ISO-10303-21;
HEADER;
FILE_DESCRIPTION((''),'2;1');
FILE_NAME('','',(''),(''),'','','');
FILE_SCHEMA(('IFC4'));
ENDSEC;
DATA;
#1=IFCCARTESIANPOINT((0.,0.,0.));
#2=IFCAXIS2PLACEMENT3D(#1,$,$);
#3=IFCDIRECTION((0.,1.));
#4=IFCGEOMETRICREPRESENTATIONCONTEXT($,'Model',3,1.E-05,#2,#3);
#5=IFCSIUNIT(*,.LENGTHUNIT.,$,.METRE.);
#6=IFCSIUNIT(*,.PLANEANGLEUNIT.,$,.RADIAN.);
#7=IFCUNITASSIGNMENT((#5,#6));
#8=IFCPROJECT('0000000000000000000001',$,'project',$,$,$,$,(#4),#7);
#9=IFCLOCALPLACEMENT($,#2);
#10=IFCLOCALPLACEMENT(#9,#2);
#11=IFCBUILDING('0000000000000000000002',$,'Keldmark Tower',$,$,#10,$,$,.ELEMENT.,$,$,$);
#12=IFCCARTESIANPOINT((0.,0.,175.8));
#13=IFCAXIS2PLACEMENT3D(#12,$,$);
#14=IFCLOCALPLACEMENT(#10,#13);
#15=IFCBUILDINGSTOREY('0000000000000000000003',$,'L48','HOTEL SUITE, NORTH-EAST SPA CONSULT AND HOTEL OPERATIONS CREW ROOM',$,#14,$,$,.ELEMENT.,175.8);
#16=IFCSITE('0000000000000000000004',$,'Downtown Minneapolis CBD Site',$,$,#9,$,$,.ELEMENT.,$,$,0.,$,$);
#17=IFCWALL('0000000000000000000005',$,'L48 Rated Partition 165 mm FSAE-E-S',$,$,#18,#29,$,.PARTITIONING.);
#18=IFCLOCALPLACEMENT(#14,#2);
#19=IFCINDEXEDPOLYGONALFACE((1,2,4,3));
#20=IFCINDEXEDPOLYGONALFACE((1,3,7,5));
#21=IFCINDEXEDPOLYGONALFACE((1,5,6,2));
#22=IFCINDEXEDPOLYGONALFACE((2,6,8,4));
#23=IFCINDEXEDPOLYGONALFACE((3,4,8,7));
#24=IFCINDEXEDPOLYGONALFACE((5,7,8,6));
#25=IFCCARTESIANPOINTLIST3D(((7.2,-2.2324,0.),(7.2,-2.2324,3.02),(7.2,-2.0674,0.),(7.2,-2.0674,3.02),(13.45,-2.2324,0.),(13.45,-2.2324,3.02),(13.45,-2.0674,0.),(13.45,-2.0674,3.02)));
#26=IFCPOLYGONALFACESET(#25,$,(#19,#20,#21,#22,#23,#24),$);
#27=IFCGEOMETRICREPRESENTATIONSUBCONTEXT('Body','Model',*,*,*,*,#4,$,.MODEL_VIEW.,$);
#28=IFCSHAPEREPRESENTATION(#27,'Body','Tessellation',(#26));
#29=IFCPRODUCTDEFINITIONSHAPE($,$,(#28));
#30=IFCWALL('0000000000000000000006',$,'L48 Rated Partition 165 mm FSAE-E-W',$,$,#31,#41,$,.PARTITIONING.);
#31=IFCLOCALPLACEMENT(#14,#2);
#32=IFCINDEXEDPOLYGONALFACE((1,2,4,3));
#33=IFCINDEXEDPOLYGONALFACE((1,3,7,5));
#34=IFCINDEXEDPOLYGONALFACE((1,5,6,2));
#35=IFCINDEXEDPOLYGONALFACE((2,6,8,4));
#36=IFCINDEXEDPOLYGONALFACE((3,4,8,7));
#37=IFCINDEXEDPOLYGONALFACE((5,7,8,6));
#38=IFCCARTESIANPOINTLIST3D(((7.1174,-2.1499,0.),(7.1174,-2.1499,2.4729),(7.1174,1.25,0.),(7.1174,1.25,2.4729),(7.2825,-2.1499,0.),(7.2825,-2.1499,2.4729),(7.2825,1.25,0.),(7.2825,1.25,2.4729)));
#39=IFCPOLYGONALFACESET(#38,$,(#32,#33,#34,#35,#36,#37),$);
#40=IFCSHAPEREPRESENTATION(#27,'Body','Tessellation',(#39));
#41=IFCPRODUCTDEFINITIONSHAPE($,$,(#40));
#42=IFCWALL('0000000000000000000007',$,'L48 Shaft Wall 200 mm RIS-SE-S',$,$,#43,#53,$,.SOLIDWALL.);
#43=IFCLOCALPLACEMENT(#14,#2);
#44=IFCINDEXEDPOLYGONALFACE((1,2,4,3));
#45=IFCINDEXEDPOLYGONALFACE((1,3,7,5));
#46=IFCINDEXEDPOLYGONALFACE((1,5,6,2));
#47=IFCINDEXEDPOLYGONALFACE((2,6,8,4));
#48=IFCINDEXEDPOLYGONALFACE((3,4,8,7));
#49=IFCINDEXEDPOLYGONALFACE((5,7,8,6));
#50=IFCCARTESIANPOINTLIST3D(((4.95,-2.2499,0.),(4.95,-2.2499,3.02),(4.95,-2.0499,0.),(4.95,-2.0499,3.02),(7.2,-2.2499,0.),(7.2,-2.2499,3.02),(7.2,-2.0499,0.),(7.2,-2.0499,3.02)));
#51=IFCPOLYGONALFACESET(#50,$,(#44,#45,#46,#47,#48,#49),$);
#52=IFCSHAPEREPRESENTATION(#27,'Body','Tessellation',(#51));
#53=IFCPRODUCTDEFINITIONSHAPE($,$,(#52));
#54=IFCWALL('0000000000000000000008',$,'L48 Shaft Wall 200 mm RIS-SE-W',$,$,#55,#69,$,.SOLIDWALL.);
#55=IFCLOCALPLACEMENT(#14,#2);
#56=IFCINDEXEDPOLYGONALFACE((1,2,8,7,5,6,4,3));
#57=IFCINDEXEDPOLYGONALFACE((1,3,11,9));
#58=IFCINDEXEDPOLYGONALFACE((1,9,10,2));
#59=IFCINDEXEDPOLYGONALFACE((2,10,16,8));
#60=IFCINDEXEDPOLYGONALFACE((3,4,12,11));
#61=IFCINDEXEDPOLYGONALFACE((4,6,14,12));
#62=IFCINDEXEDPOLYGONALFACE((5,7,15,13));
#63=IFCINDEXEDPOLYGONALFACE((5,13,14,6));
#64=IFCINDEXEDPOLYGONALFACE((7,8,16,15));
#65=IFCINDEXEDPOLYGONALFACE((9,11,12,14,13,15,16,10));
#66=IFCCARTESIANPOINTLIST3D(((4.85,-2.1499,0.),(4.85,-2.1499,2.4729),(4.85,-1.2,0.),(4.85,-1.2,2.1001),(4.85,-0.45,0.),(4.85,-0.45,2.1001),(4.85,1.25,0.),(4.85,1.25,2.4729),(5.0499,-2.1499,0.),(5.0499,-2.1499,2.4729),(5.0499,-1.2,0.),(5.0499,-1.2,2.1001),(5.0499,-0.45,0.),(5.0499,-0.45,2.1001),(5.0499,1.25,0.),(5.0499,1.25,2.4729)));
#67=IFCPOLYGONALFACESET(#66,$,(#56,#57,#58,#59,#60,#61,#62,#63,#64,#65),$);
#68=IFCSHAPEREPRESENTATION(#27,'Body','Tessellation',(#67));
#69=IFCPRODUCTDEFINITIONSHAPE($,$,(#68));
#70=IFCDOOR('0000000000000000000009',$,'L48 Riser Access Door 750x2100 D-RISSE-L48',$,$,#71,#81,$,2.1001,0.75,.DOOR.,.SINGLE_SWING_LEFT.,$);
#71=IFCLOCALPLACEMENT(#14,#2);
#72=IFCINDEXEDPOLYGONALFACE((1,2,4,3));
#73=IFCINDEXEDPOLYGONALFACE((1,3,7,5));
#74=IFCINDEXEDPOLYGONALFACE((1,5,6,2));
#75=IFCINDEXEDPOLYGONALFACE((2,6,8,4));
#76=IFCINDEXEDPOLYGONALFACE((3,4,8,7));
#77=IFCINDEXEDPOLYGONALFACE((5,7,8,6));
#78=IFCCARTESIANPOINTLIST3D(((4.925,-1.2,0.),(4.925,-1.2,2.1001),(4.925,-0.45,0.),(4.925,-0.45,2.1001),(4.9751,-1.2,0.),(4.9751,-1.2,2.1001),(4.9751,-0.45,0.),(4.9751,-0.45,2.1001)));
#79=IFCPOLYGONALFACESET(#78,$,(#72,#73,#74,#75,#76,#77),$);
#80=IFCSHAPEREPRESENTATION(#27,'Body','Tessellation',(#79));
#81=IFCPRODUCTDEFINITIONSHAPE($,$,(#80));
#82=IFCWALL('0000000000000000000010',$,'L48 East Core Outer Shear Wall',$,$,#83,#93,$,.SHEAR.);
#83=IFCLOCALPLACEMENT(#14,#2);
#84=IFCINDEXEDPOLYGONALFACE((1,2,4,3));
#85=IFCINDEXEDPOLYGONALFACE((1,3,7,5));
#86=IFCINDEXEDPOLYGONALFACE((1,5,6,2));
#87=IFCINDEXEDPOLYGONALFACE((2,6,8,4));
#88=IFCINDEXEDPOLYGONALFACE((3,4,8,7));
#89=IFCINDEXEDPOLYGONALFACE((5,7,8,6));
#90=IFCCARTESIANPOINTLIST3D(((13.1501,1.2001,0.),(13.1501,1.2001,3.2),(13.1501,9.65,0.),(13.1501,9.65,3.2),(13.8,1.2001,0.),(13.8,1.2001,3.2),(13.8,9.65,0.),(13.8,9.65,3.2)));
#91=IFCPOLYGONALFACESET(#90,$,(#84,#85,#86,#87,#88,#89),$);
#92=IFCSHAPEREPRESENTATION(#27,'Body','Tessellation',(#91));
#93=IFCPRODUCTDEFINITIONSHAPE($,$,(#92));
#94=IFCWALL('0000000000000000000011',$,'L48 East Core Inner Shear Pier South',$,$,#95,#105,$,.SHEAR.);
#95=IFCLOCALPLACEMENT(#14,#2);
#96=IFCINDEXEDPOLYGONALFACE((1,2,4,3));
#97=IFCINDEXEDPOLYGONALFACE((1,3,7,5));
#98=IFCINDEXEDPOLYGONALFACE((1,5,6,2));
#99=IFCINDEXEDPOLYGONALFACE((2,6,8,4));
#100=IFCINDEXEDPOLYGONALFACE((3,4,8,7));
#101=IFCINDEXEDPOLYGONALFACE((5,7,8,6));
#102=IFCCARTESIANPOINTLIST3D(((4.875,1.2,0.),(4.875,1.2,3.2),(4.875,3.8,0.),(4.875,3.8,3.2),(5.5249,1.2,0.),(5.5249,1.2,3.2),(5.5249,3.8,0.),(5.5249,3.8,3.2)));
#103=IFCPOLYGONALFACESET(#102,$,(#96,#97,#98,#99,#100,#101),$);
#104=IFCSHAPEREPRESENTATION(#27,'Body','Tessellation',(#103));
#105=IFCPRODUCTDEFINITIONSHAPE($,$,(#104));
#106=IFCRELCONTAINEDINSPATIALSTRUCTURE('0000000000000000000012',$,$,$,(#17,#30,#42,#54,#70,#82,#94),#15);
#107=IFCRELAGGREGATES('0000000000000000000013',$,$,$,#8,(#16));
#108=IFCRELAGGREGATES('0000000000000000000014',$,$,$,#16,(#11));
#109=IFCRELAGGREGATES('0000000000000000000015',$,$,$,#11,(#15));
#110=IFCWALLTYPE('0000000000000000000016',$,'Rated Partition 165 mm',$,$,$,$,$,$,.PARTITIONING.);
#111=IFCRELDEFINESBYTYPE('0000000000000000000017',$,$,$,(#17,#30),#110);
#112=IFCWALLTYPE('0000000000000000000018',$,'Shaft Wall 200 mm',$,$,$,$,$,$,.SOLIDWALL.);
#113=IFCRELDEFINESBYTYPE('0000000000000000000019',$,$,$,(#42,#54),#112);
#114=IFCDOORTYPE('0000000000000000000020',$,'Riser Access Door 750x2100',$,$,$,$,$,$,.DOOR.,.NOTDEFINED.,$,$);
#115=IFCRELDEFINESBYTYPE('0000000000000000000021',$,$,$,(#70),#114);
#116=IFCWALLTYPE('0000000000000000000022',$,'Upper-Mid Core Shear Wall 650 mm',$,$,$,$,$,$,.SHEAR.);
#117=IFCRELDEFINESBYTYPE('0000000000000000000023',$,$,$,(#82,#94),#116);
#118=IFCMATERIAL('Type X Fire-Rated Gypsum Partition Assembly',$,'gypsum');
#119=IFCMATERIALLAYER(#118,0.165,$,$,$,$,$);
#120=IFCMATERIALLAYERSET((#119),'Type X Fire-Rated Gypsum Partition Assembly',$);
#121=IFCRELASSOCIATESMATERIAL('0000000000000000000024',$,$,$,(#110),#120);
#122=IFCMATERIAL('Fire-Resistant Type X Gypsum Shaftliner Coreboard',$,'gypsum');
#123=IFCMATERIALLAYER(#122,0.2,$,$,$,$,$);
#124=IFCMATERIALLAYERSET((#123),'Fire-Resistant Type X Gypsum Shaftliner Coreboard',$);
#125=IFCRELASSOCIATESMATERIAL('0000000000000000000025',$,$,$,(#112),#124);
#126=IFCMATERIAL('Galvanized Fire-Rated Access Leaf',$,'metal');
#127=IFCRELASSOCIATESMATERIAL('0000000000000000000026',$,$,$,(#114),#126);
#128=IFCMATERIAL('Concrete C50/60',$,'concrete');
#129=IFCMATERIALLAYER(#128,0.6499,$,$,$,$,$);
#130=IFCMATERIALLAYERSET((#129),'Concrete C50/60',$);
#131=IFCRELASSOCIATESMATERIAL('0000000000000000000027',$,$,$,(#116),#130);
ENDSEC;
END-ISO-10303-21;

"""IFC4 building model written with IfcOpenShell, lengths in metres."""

from ifc_helpers import new_model, si_unit, direction, frame, frame_2d, origin, place, context, subcontext, project, spatial, rectangle, extrude, material, layer, layer_set, type_object, element, fill, save


model = new_model("IFC4")

# Units and contexts
model_context = context("Model", 3, precision=1e-05, world=origin(), true_north=direction((0.0, 1.0)))
body_context = subcontext(model_context, "Body", "Model", "MODEL_VIEW")
ifc_project = project(units=[si_unit("LENGTHUNIT", "METRE"), si_unit("PLANEANGLEUNIT", "RADIAN")], contexts=[model_context])

# Site, building, storey
site_placement = place(None, origin())
site = spatial("IfcSite", under=ifc_project, at=site_placement, Name="Downtown Minneapolis CBD Site", CompositionType="ELEMENT", RefElevation=0.0)
building_placement = place(site_placement, origin())
building = spatial("IfcBuilding", under=site, at=building_placement, Name="Keldmark Tower", CompositionType="ELEMENT")
storey_placement = place(building_placement, frame((0.0, 0.0, 175.8)))
storey = spatial("IfcBuildingStorey", under=building, at=storey_placement, Name="L48", Description="HOTEL SUITE, NORTH-EAST SPA CONSULT AND HOTEL OPERATIONS CREW ROOM", CompositionType="ELEMENT", Elevation=175.8)

# Walls
ifc_material_1 = material(Name="Type X Fire-Rated Gypsum Partition Assembly", Category="gypsum")
ifc_layer_1 = layer(ifc_material_1, 0.165)
ifc_layer_set_1 = layer_set([ifc_layer_1], Name="Type X Fire-Rated Gypsum Partition Assembly")
wall_type_1 = type_object("IfcWallType", Name="Rated Partition 165 mm", PredefinedType="PARTITIONING", material=ifc_layer_set_1)
wall_1_placement = place(storey_placement, frame((7.2, -2.1499, 0.0), z_axis=(0.0, 0.0, 1.0), x_axis=(1.0, 0.0, 0.0)))
element("IfcWall", 1, at=wall_1_placement, inside=storey, type_object=wall_type_1, Name="L48 Rated Partition 165 mm FSAE-E-S", PredefinedType="PARTITIONING", context=body_context, shape_type="SweptSolid", body=[
    extrude(rectangle(XDim=6.25, YDim=0.165, at=frame_2d((3.125, 0.0))), origin(), (0.0, 0.0, 1.0), 3.02),
])
wall_2_placement = place(storey_placement, frame((7.2, -2.1499, 0.0), z_axis=(0.0, 0.0, 1.0), x_axis=(0.0, 1.0, 0.0)))
element("IfcWall", 2, at=wall_2_placement, inside=storey, type_object=wall_type_1, Name="L48 Rated Partition 165 mm FSAE-E-W", PredefinedType="PARTITIONING", context=body_context, shape_type="SweptSolid", body=[
    extrude(rectangle(XDim=3.3999, YDim=0.165, at=frame_2d((1.7, 0.0))), origin(), (0.0, 0.0, 1.0), 2.4729),
])

# Wall
ifc_material_2 = material(Name="Fire-Resistant Type X Gypsum Shaftliner Coreboard", Category="gypsum")
ifc_layer_2 = layer(ifc_material_2, 0.2)
ifc_layer_set_2 = layer_set([ifc_layer_2], Name="Fire-Resistant Type X Gypsum Shaftliner Coreboard")
wall_type_2 = type_object("IfcWallType", Name="Shaft Wall 200 mm", PredefinedType="SOLIDWALL", material=ifc_layer_set_2)
wall_3_placement = place(storey_placement, frame((4.95, -2.1499, 0.0), z_axis=(0.0, 0.0, 1.0), x_axis=(1.0, 0.0, 0.0)))
element("IfcWall", 3, at=wall_3_placement, inside=storey, type_object=wall_type_2, Name="L48 Shaft Wall 200 mm RIS-SE-S", PredefinedType="SOLIDWALL", context=body_context, shape_type="SweptSolid", body=[
    extrude(rectangle(XDim=2.25, YDim=0.2, at=frame_2d((1.125, 0.0))), origin(), (0.0, 0.0, 1.0), 3.02),
])

# Wall, opening, door
wall_4_placement = place(storey_placement, frame((4.95, -2.1499, 0.0), z_axis=(0.0, 0.0, 1.0), x_axis=(0.0, 1.0, 0.0)))
wall_4 = element("IfcWall", 4, at=wall_4_placement, inside=storey, type_object=wall_type_2, Name="L48 Shaft Wall 200 mm RIS-SE-W", PredefinedType="SOLIDWALL", context=body_context, shape_type="SweptSolid", body=[
    extrude(rectangle(XDim=3.3999, YDim=0.2, at=frame_2d((1.7, 0.0))), origin(), (0.0, 0.0, 1.0), 2.4729),
])
opening_1_placement = place(wall_4_placement, frame((0.95, 0.0, 0.0)))
opening_1 = element("IfcOpeningElement", 5, at=opening_1_placement, cuts=wall_4, PredefinedType="OPENING", context=body_context, shape_type="SweptSolid", body=[
    extrude(rectangle(XDim=0.75, YDim=2.1001, at=frame_2d((0.375, 1.05))), frame((0.0, 0.1099, 0.0), z_axis=(0.0, -1.0, 0.0), x_axis=(1.0, 0.0, 0.0)), (0.0, 0.0, 1.0), 0.22),
])
ifc_material_3 = material(Name="Galvanized Fire-Rated Access Leaf", Category="metal")
door_type_1 = type_object("IfcDoorType", Name="Riser Access Door 750x2100", OperationType="NOTDEFINED", PredefinedType="DOOR", material=ifc_material_3)
door_1_placement = place(opening_1_placement, origin())
door_1 = element("IfcDoor", 6, at=door_1_placement, inside=storey, type_object=door_type_1, Name="L48 Riser Access Door 750x2100 D-RISSE-L48", OperationType="SINGLE_SWING_LEFT", OverallHeight=2.1001, OverallWidth=0.75, PredefinedType="DOOR", context=body_context, shape_type="SweptSolid", body=[
    extrude(rectangle(XDim=0.75, YDim=2.1001, at=frame_2d((0.375, 1.05))), frame((0.0, 0.0249, 0.0), z_axis=(0.0, -1.0, 0.0), x_axis=(1.0, 0.0, 0.0)), (0.0, 0.0, 1.0), 0.05),
])
fill(opening_1, door_1)

# Walls
ifc_material_4 = material(Name="Concrete C50/60", Category="concrete")
ifc_layer_3 = layer(ifc_material_4, 0.6499)
ifc_layer_set_3 = layer_set([ifc_layer_3], Name="Concrete C50/60")
wall_type_3 = type_object("IfcWallType", Name="Upper-Mid Core Shear Wall 650 mm", PredefinedType="SHEAR", material=ifc_layer_set_3)
wall_5_placement = place(storey_placement, frame((13.4751, 1.2, 0.0), z_axis=(0.0, 0.0, 1.0), x_axis=(0.0, 1.0, 0.0)))
element("IfcWall", 7, at=wall_5_placement, inside=storey, type_object=wall_type_3, Name="L48 East Core Outer Shear Wall", PredefinedType="SHEAR", context=body_context, shape_type="SweptSolid", body=[
    extrude(rectangle(XDim=8.45, YDim=0.6499, at=frame_2d((4.2251, 0.0))), origin(), (0.0, 0.0, 1.0), 3.2),
])
wall_6_placement = place(storey_placement, frame((5.2, 1.2, 0.0), z_axis=(0.0, 0.0, 1.0), x_axis=(0.0, 1.0, 0.0)))
element("IfcWall", 8, at=wall_6_placement, inside=storey, type_object=wall_type_3, Name="L48 East Core Inner Shear Pier South", PredefinedType="SHEAR", context=body_context, shape_type="SweptSolid", body=[
    extrude(rectangle(XDim=2.6001, YDim=0.6499, at=frame_2d((1.3, 0.0))), origin(), (0.0, 0.0, 1.0), 3.2),
])

save(model, "model.ifc")
